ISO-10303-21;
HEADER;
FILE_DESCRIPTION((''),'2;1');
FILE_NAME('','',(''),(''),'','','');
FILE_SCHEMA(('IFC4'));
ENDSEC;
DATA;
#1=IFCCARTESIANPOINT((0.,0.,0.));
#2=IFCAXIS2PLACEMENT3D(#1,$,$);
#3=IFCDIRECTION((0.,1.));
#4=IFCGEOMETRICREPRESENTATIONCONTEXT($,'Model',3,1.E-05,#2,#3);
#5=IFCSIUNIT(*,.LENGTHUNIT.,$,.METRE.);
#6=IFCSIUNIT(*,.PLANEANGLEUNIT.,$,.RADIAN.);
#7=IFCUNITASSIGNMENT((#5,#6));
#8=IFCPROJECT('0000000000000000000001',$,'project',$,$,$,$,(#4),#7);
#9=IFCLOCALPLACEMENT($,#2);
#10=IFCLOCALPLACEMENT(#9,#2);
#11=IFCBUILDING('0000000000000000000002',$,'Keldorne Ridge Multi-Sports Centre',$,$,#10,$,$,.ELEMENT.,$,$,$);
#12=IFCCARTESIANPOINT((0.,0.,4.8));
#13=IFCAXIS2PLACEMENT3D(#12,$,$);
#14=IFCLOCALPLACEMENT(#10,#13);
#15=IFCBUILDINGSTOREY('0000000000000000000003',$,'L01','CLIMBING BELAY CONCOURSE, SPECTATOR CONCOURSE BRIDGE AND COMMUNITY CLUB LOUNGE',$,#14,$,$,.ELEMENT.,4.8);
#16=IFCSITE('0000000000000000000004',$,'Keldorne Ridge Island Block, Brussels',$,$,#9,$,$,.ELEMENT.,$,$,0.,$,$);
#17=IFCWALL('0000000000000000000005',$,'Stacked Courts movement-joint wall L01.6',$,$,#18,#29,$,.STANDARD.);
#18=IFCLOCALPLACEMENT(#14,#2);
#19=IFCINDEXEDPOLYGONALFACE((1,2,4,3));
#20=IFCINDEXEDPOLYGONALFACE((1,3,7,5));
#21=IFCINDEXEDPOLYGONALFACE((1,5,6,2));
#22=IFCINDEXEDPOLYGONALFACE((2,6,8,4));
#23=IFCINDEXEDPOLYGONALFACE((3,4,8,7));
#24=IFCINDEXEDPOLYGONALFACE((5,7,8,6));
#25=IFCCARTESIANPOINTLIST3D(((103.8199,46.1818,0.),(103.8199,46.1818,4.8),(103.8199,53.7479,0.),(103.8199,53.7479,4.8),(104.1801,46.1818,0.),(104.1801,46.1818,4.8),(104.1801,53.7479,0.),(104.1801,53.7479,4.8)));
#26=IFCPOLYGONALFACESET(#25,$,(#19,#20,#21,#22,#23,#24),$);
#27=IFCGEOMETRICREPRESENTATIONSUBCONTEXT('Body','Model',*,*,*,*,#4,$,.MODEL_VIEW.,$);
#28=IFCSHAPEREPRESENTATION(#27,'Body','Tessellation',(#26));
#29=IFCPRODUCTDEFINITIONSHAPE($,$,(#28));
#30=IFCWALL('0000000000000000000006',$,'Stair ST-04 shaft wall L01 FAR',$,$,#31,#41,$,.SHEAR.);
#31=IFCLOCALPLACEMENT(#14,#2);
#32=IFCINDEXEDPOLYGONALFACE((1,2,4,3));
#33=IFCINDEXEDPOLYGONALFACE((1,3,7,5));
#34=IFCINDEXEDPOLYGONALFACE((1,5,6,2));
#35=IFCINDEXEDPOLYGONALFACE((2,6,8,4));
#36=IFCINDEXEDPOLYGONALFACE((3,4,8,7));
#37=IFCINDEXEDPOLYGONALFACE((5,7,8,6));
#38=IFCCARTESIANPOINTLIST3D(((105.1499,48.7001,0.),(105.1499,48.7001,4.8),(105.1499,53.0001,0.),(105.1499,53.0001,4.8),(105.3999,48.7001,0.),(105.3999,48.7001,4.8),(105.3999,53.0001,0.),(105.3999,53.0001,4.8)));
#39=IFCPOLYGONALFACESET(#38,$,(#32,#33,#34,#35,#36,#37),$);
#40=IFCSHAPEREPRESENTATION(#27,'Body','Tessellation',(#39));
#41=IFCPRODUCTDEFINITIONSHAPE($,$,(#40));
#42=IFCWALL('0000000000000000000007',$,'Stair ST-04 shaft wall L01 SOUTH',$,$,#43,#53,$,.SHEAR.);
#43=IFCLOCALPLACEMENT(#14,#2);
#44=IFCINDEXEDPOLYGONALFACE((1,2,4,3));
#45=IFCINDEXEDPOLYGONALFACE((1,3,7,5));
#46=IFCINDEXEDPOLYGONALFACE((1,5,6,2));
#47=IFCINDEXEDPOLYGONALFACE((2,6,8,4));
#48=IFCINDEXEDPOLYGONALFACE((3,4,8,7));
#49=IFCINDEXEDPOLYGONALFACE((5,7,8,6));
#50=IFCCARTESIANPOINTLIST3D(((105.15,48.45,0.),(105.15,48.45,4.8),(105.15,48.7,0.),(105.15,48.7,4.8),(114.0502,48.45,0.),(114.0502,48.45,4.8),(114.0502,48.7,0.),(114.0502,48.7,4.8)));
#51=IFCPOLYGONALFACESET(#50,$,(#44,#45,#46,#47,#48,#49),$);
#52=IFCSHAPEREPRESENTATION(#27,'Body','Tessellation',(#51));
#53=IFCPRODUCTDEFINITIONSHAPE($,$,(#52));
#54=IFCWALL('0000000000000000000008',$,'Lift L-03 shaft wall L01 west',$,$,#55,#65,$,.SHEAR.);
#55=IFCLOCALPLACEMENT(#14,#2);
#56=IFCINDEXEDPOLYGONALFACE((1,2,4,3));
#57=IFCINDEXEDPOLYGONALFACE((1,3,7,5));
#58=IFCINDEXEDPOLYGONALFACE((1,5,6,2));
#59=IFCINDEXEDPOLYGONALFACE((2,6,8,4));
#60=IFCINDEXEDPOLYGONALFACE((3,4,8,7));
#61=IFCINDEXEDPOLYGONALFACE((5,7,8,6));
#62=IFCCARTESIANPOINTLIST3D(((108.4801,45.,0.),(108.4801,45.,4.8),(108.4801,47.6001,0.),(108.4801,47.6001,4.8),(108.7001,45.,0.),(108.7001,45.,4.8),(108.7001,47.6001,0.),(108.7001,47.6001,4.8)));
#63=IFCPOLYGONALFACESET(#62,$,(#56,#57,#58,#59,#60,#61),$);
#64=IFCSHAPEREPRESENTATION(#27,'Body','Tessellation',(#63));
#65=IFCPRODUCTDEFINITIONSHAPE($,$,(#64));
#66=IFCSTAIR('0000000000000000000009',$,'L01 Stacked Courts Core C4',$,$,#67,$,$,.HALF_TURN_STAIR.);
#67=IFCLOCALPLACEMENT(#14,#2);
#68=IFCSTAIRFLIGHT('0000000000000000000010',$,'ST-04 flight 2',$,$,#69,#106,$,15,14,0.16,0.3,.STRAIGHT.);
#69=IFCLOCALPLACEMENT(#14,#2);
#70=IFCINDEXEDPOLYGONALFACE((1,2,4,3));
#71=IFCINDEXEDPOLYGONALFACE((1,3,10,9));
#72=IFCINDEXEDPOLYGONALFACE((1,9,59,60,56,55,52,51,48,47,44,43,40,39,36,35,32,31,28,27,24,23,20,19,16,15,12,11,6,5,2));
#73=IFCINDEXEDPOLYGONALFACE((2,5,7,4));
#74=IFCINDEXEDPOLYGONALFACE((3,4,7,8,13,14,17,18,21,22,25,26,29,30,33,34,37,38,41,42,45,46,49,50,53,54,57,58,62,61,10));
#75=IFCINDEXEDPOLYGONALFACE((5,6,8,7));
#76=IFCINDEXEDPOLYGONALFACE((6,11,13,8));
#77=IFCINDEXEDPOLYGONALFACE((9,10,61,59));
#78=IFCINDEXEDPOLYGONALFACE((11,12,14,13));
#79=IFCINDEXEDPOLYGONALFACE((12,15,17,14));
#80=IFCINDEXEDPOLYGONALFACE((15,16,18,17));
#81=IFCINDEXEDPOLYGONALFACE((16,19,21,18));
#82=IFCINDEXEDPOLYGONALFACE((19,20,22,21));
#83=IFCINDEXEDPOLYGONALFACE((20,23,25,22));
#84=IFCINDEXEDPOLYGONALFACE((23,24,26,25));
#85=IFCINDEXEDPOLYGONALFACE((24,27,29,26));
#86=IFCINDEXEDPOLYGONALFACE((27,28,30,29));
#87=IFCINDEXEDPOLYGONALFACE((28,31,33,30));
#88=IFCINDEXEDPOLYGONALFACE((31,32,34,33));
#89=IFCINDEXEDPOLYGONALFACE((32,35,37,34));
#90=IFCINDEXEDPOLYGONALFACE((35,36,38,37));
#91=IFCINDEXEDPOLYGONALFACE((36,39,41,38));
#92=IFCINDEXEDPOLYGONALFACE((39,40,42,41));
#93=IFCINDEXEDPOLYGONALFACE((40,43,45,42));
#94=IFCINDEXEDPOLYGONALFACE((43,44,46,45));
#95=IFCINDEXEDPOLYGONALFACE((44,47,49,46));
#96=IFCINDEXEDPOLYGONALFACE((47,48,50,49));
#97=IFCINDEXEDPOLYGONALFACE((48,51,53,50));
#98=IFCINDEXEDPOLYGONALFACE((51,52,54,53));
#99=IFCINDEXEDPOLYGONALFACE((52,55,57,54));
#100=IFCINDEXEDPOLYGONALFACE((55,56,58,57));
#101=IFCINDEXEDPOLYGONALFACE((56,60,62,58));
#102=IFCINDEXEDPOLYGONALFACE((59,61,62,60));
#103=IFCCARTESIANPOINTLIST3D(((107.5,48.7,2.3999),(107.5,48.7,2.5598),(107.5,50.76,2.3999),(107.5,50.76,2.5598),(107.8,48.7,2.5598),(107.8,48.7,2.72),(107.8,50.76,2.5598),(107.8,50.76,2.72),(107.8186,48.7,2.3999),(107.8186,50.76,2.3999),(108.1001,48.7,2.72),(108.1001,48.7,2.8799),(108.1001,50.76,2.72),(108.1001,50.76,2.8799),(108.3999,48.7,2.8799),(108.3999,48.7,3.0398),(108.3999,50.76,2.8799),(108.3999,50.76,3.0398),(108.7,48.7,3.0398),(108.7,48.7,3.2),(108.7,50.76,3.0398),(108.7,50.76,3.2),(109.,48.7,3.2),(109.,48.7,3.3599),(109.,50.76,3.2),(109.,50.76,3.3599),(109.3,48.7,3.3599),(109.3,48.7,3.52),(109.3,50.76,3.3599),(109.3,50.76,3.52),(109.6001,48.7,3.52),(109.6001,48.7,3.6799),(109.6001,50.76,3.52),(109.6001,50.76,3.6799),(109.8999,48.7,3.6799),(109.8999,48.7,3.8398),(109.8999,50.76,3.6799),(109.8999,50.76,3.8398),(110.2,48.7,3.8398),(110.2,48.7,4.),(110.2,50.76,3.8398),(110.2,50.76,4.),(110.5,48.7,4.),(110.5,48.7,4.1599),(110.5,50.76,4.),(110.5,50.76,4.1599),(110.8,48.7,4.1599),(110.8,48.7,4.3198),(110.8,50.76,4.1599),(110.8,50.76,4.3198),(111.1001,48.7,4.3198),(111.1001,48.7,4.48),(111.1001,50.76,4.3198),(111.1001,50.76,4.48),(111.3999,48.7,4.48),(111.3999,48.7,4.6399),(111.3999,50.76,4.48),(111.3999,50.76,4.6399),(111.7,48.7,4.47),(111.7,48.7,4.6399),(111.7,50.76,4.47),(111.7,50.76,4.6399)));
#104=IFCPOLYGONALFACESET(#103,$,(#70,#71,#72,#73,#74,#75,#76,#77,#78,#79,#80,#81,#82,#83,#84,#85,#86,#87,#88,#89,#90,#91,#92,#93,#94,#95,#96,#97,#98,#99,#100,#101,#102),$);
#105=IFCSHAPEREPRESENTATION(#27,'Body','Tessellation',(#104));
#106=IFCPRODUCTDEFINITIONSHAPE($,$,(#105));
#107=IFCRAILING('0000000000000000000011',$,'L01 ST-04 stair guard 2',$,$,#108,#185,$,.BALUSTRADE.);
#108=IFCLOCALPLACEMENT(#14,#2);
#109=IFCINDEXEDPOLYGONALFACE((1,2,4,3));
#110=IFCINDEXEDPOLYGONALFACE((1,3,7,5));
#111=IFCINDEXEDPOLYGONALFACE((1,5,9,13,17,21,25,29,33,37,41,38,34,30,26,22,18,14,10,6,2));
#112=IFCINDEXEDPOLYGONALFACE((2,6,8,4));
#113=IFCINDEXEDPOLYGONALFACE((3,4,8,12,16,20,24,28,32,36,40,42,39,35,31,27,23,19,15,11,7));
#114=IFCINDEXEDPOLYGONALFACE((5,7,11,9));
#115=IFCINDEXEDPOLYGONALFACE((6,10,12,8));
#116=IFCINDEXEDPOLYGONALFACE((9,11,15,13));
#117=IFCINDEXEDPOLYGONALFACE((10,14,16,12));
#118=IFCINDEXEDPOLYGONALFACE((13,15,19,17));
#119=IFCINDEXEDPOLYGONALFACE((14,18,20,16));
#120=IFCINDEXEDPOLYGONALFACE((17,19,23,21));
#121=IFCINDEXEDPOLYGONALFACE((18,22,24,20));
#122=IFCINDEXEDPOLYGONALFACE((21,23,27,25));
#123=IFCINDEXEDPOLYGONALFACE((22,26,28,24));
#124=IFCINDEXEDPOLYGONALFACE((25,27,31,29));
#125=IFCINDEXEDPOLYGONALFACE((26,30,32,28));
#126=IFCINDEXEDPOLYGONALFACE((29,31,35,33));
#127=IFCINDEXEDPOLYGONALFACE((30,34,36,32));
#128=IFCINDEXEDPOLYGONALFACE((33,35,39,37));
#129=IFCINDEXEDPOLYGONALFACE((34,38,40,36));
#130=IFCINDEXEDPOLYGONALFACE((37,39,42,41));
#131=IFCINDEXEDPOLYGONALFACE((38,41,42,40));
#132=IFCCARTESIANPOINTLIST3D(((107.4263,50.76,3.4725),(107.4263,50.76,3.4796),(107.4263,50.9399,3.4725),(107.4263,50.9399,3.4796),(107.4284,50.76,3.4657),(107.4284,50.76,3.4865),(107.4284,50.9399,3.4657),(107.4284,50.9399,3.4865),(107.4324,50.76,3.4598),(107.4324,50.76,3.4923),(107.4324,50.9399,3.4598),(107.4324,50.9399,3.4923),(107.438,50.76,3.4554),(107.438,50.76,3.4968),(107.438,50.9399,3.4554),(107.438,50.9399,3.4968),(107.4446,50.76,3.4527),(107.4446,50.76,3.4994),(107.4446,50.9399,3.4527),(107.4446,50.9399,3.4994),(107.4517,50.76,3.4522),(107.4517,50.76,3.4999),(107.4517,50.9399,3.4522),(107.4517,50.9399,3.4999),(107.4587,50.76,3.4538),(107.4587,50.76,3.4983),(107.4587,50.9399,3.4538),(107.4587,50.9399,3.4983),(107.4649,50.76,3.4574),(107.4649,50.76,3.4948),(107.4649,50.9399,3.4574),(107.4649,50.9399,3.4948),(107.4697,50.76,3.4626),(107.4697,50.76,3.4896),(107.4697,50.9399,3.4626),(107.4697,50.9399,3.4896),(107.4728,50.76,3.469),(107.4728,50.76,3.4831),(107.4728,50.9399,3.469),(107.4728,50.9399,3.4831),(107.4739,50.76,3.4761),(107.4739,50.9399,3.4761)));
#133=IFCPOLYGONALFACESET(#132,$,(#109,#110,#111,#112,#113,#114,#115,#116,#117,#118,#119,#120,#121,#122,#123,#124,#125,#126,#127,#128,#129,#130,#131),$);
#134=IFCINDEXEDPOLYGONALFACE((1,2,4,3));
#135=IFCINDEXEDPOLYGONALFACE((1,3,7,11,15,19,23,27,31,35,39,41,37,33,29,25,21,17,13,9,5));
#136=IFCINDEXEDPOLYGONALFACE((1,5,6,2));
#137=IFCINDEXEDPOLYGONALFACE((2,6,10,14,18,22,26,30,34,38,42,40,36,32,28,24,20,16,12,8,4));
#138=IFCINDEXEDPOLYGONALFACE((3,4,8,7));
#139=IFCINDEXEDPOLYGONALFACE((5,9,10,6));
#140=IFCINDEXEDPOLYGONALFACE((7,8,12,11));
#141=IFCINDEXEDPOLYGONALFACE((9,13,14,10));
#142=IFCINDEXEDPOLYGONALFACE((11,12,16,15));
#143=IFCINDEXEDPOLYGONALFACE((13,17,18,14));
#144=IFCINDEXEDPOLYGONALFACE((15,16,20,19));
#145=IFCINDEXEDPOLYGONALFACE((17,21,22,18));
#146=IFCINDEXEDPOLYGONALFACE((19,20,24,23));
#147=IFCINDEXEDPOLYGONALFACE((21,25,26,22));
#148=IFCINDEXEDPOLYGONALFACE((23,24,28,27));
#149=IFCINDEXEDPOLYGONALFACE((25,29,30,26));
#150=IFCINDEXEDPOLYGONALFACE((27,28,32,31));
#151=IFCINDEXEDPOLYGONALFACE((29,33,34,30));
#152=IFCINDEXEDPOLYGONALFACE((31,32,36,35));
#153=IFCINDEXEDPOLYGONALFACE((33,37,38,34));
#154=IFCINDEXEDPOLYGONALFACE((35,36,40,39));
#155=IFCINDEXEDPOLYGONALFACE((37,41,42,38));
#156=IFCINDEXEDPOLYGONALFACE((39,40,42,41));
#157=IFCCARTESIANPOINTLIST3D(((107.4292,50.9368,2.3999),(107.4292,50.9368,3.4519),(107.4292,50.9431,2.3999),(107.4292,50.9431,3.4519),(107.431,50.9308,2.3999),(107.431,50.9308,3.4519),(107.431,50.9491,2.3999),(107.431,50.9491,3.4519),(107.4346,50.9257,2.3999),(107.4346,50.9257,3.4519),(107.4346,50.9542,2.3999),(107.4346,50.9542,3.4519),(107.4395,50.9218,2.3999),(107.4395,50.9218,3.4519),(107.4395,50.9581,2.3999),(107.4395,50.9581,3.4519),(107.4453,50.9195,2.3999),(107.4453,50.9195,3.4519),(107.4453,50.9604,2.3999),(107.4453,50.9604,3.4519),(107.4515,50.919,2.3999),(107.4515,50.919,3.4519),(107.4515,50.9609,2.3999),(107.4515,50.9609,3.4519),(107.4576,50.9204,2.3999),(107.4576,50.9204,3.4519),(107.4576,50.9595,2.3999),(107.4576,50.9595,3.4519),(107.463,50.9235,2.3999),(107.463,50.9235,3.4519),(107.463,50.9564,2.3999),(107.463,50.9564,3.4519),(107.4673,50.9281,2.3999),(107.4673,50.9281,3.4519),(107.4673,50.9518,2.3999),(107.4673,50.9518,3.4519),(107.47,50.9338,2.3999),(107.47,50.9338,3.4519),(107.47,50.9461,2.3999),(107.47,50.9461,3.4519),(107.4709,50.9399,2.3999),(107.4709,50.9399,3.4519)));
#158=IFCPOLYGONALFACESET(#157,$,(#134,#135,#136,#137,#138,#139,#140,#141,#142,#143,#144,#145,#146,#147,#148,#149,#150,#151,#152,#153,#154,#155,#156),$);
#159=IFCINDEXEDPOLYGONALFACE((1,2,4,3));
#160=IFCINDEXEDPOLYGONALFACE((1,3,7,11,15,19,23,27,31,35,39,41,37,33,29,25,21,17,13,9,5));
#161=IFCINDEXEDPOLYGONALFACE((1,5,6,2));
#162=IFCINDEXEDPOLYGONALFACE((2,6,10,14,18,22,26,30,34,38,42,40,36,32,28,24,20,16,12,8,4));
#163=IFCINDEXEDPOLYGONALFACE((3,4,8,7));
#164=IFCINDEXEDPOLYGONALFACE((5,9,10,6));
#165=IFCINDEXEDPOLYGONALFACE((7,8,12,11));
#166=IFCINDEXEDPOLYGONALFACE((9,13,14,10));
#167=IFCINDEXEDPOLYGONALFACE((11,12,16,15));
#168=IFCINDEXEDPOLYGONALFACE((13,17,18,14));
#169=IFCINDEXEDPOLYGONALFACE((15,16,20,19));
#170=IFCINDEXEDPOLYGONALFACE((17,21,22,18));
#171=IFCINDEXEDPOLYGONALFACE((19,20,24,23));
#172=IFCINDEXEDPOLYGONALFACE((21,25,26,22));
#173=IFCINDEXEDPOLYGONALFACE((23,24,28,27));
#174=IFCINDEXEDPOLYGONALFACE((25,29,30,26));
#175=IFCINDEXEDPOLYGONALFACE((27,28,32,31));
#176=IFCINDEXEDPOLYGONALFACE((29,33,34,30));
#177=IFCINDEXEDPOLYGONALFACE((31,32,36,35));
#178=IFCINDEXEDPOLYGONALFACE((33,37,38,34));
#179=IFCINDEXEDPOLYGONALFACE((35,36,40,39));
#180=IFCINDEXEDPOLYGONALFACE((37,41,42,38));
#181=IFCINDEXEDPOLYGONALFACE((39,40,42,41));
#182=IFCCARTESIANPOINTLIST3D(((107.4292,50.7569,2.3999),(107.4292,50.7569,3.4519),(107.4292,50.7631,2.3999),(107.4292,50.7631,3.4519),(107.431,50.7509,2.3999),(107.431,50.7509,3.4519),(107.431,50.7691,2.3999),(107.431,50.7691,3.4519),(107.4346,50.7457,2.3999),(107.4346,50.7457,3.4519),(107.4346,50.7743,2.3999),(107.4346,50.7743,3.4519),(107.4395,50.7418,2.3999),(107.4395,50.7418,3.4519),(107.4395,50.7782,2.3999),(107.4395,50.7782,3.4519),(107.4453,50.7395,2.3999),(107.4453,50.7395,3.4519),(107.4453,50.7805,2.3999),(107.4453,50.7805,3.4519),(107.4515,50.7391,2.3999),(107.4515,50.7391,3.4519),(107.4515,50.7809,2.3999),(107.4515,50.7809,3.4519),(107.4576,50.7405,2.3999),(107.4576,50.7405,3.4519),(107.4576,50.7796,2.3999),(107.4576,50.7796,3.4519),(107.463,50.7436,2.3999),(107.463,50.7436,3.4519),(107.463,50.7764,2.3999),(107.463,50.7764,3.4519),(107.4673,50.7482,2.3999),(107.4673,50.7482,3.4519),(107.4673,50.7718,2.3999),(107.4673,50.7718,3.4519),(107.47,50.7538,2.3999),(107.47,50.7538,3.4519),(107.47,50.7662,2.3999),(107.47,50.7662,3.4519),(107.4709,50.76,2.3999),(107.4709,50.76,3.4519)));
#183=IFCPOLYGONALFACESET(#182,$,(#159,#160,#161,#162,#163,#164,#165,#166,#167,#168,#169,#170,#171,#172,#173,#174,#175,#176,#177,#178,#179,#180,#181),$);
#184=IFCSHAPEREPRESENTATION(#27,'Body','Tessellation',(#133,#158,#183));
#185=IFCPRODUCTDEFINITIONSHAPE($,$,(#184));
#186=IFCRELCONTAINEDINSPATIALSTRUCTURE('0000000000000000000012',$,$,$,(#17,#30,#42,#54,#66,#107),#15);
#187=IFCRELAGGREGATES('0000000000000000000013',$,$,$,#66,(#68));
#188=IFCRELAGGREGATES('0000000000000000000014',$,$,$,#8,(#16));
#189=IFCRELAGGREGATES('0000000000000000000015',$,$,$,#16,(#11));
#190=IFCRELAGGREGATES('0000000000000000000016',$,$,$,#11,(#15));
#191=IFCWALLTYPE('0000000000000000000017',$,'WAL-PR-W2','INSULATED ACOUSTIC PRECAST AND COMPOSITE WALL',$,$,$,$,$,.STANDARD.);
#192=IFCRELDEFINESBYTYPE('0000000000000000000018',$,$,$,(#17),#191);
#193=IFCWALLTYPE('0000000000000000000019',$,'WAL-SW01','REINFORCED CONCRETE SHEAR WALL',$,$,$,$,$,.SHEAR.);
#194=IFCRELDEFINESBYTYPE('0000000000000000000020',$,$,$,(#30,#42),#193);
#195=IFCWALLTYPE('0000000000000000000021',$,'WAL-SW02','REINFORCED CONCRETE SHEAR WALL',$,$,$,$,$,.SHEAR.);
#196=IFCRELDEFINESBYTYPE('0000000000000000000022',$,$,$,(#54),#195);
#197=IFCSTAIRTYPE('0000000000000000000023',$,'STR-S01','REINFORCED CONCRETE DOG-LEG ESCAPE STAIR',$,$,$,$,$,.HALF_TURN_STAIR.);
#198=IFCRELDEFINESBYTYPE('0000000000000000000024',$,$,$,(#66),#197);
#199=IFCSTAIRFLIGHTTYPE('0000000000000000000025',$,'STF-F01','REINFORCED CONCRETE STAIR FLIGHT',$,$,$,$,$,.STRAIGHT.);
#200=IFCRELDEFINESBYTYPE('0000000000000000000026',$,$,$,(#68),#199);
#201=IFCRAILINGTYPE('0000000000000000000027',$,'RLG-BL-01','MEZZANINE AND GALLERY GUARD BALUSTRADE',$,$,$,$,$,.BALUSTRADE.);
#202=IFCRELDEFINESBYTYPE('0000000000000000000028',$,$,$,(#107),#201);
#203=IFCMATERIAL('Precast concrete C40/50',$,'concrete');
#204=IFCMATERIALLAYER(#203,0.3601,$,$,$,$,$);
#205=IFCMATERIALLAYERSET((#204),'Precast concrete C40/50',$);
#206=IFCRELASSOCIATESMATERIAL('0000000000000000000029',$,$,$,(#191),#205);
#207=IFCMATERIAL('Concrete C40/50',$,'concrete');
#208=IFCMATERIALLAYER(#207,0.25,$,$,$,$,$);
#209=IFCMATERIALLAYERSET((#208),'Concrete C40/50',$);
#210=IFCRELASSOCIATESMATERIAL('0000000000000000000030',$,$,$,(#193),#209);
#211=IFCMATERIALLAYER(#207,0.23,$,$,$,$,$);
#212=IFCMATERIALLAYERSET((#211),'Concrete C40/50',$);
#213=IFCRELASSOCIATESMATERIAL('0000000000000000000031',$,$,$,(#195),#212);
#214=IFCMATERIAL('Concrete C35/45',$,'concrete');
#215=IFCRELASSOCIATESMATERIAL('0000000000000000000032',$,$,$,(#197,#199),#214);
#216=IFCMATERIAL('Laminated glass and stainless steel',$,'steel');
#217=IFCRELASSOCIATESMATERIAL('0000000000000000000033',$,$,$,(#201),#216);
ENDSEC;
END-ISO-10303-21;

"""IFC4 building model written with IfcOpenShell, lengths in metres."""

from ifc_helpers import new_model, si_unit, direction, frame, frame_2d, origin, origin_2d, place, context, subcontext, project, spatial, polyline, rectangle, circle, outline, extrude, material, layer, layer_set, type_object, element, aggregate, save


model = new_model("IFC4")

# Units and contexts
model_context = context("Model", 3, precision=1e-05, world=origin(), true_north=direction((0.0, 1.0)))
body_context = subcontext(model_context, "Body", "Model", "MODEL_VIEW")
ifc_project = project(units=[si_unit("LENGTHUNIT", "METRE"), si_unit("PLANEANGLEUNIT", "RADIAN")], contexts=[model_context])

# Site, building, storey
site_placement = place(None, origin())
site = spatial("IfcSite", under=ifc_project, at=site_placement, Name="Keldorne Ridge Island Block, Brussels", CompositionType="ELEMENT", RefElevation=0.0)
building_placement = place(site_placement, origin())
building = spatial("IfcBuilding", under=site, at=building_placement, Name="Keldorne Ridge Multi-Sports Centre", CompositionType="ELEMENT")
storey_placement = place(building_placement, frame((0.0, 0.0, 4.8)))
storey = spatial("IfcBuildingStorey", under=building, at=storey_placement, Name="L01", Description="CLIMBING BELAY CONCOURSE, SPECTATOR CONCOURSE BRIDGE AND COMMUNITY CLUB LOUNGE", CompositionType="ELEMENT", Elevation=4.8)

# Walls
ifc_material_1 = material(Name="Precast concrete C40/50", Category="concrete")
ifc_layer_1 = layer(ifc_material_1, 0.3601)
ifc_layer_set_1 = layer_set([ifc_layer_1], Name="Precast concrete C40/50")
wall_type_1 = type_object("IfcWallType", Name="WAL-PR-W2", Description="INSULATED ACOUSTIC PRECAST AND COMPOSITE WALL", PredefinedType="STANDARD", material=ifc_layer_set_1)
wall_1_placement = place(storey_placement, frame((104.0, 53.748, 0.0), z_axis=(0.0, 0.0, 1.0), x_axis=(0.0, -1.0, 0.0)))
element("IfcWall", 1, at=wall_1_placement, inside=storey, type_object=wall_type_1, Name="Stacked Courts movement-joint wall L01.6", PredefinedType="STANDARD", context=body_context, shape_type="SweptSolid", body=[
    extrude(rectangle(XDim=7.5662, YDim=0.3601, at=frame_2d((3.7832, 0.0))), origin(), (0.0, 0.0, 1.0), 4.8),
])
ifc_material_2 = material(Name="Concrete C40/50", Category="concrete")
ifc_layer_2 = layer(ifc_material_2, 0.25)
ifc_layer_set_2 = layer_set([ifc_layer_2], Name="Concrete C40/50")
wall_type_2 = type_object("IfcWallType", Name="WAL-SW01", Description="REINFORCED CONCRETE SHEAR WALL", PredefinedType="SHEAR", material=ifc_layer_set_2)
wall_2_placement = place(storey_placement, frame((105.2749, 53.0, 0.0), z_axis=(0.0, 0.0, 1.0), x_axis=(0.0, -1.0, 0.0)))
element("IfcWall", 2, at=wall_2_placement, inside=storey, type_object=wall_type_2, Name="Stair ST-04 shaft wall L01 FAR", PredefinedType="SHEAR", context=body_context, shape_type="SweptSolid", body=[
    extrude(rectangle(XDim=4.3, YDim=0.25, at=frame_2d((2.1499, 0.0))), origin(), (0.0, 0.0, 1.0), 4.8),
])
wall_3_placement = place(storey_placement, frame((105.1499, 48.575, 0.0), z_axis=(0.0, 0.0, 1.0), x_axis=(1.0, 0.0, 0.0)))
element("IfcWall", 3, at=wall_3_placement, inside=storey, type_object=wall_type_2, Name="Stair ST-04 shaft wall L01 SOUTH", PredefinedType="SHEAR", context=body_context, shape_type="SweptSolid", body=[
    extrude(rectangle(XDim=8.9001, YDim=0.25, at=frame_2d((4.4502, 0.0))), origin(), (0.0, 0.0, 1.0), 4.8),
])
ifc_layer_3 = layer(ifc_material_2, 0.23)
ifc_layer_set_3 = layer_set([ifc_layer_3], Name="Concrete C40/50")
wall_type_3 = type_object("IfcWallType", Name="WAL-SW02", Description="REINFORCED CONCRETE SHEAR WALL", PredefinedType="SHEAR", material=ifc_layer_set_3)
wall_4_placement = place(storey_placement, frame((108.5901, 47.6001, 0.0), z_axis=(0.0, 0.0, 1.0), x_axis=(0.0, -1.0, 0.0)))
element("IfcWall", 4, at=wall_4_placement, inside=storey, type_object=wall_type_3, Name="Lift L-03 shaft wall L01 west", PredefinedType="SHEAR", context=body_context, shape_type="SweptSolid", body=[
    extrude(rectangle(XDim=2.6001, YDim=0.22, at=frame_2d((1.3, 0.0))), origin(), (0.0, 0.0, 1.0), 4.8),
])

# Stair, stair flight
ifc_material_3 = material(Name="Concrete C35/45", Category="concrete")
stair_type = type_object("IfcStairType", Name="STR-S01", Description="REINFORCED CONCRETE DOG-LEG ESCAPE STAIR", PredefinedType="HALF_TURN_STAIR", material=ifc_material_3)
stair_placement = place(storey_placement, origin())
stair = element("IfcStair", 5, at=stair_placement, inside=storey, type_object=stair_type, Name="L01 Stacked Courts Core C4", PredefinedType="HALF_TURN_STAIR")
stair_flight_type = type_object("IfcStairFlightType", Name="STF-F01", Description="REINFORCED CONCRETE STAIR FLIGHT", PredefinedType="STRAIGHT", material=ifc_material_3)
stair_flight_placement = place(storey_placement, frame((107.5, 49.73, 2.3999), z_axis=(0.0, 0.0, 1.0), x_axis=(1.0, 0.0, 0.0)))
stair_flight = element("IfcStairFlight", 6, at=stair_flight_placement, type_object=stair_flight_type, Name="ST-04 flight 2", NumberOfRisers=15, NumberOfTreads=14, PredefinedType="STRAIGHT", RiserHeight=0.16, TreadLength=0.3, context=body_context, shape_type="SweptSolid", body=[
    extrude(outline(polyline([(0.0, 0.0), (0.0, 0.1599), (0.3, 0.1599), (0.3, 0.3201), (0.6001, 0.3201), (0.6001, 0.48), (0.8999, 0.48), (0.8999, 0.6399), (1.2, 0.6399), (1.2, 0.8), (1.5, 0.8), (1.5, 0.96), (1.8, 0.96), (1.8, 1.1201), (2.1001, 1.1201), (2.1001, 1.28), (2.3999, 1.28), (2.3999, 1.4399), (2.7, 1.4399), (2.7, 1.6001), (3.0, 1.6001), (3.0, 1.76), (3.3, 1.76), (3.3, 1.9199), (3.6001, 1.9199), (3.6001, 2.0801), (3.8999, 2.0801), (3.8999, 2.24), (4.2, 2.24), (4.2, 2.3999), (4.2, 2.0701), (0.3186, 0.0), (0.0, 0.0)])), frame((0.0, 1.03, 0.0), z_axis=(0.0, -1.0, 0.0), x_axis=(1.0, 0.0, 0.0)), (0.0, 0.0, 1.0), 2.0601),
])
aggregate(stair, [stair_flight])

# Railing
ifc_material_4 = material(Name="Laminated glass and stainless steel", Category="steel")
railing_type_1 = type_object("IfcRailingType", Name="RLG-BL-01", Description="MEZZANINE AND GALLERY GUARD BALUSTRADE", PredefinedType="BALUSTRADE", material=ifc_material_4)
railing_1_placement = place(storey_placement, frame((107.45, 50.9399, 2.3999)))
element("IfcRailing", 7, at=railing_1_placement, inside=storey, type_object=railing_type_1, Name="L01 ST-04 stair guard 2", PredefinedType="BALUSTRADE", context=body_context, shape_type="SweptSolid", body=[
    extrude(circle(Radius=0.0239, at=origin_2d()), frame((0.0, 0.0, 1.0762), z_axis=(0.0, -1.0, 0.0), x_axis=(1.0, 0.0, 0.0)), (0.0, 0.0, 1.0), 0.1799),
    extrude(circle(Radius=0.021, at=origin_2d()), origin(), (0.0, 0.0, 1.0), 1.052),
    extrude(circle(Radius=0.021, at=origin_2d()), frame((0.0, -0.1799, 0.0)), (0.0, 0.0, 1.0), 1.052),
])

save(model, "model.ifc")
